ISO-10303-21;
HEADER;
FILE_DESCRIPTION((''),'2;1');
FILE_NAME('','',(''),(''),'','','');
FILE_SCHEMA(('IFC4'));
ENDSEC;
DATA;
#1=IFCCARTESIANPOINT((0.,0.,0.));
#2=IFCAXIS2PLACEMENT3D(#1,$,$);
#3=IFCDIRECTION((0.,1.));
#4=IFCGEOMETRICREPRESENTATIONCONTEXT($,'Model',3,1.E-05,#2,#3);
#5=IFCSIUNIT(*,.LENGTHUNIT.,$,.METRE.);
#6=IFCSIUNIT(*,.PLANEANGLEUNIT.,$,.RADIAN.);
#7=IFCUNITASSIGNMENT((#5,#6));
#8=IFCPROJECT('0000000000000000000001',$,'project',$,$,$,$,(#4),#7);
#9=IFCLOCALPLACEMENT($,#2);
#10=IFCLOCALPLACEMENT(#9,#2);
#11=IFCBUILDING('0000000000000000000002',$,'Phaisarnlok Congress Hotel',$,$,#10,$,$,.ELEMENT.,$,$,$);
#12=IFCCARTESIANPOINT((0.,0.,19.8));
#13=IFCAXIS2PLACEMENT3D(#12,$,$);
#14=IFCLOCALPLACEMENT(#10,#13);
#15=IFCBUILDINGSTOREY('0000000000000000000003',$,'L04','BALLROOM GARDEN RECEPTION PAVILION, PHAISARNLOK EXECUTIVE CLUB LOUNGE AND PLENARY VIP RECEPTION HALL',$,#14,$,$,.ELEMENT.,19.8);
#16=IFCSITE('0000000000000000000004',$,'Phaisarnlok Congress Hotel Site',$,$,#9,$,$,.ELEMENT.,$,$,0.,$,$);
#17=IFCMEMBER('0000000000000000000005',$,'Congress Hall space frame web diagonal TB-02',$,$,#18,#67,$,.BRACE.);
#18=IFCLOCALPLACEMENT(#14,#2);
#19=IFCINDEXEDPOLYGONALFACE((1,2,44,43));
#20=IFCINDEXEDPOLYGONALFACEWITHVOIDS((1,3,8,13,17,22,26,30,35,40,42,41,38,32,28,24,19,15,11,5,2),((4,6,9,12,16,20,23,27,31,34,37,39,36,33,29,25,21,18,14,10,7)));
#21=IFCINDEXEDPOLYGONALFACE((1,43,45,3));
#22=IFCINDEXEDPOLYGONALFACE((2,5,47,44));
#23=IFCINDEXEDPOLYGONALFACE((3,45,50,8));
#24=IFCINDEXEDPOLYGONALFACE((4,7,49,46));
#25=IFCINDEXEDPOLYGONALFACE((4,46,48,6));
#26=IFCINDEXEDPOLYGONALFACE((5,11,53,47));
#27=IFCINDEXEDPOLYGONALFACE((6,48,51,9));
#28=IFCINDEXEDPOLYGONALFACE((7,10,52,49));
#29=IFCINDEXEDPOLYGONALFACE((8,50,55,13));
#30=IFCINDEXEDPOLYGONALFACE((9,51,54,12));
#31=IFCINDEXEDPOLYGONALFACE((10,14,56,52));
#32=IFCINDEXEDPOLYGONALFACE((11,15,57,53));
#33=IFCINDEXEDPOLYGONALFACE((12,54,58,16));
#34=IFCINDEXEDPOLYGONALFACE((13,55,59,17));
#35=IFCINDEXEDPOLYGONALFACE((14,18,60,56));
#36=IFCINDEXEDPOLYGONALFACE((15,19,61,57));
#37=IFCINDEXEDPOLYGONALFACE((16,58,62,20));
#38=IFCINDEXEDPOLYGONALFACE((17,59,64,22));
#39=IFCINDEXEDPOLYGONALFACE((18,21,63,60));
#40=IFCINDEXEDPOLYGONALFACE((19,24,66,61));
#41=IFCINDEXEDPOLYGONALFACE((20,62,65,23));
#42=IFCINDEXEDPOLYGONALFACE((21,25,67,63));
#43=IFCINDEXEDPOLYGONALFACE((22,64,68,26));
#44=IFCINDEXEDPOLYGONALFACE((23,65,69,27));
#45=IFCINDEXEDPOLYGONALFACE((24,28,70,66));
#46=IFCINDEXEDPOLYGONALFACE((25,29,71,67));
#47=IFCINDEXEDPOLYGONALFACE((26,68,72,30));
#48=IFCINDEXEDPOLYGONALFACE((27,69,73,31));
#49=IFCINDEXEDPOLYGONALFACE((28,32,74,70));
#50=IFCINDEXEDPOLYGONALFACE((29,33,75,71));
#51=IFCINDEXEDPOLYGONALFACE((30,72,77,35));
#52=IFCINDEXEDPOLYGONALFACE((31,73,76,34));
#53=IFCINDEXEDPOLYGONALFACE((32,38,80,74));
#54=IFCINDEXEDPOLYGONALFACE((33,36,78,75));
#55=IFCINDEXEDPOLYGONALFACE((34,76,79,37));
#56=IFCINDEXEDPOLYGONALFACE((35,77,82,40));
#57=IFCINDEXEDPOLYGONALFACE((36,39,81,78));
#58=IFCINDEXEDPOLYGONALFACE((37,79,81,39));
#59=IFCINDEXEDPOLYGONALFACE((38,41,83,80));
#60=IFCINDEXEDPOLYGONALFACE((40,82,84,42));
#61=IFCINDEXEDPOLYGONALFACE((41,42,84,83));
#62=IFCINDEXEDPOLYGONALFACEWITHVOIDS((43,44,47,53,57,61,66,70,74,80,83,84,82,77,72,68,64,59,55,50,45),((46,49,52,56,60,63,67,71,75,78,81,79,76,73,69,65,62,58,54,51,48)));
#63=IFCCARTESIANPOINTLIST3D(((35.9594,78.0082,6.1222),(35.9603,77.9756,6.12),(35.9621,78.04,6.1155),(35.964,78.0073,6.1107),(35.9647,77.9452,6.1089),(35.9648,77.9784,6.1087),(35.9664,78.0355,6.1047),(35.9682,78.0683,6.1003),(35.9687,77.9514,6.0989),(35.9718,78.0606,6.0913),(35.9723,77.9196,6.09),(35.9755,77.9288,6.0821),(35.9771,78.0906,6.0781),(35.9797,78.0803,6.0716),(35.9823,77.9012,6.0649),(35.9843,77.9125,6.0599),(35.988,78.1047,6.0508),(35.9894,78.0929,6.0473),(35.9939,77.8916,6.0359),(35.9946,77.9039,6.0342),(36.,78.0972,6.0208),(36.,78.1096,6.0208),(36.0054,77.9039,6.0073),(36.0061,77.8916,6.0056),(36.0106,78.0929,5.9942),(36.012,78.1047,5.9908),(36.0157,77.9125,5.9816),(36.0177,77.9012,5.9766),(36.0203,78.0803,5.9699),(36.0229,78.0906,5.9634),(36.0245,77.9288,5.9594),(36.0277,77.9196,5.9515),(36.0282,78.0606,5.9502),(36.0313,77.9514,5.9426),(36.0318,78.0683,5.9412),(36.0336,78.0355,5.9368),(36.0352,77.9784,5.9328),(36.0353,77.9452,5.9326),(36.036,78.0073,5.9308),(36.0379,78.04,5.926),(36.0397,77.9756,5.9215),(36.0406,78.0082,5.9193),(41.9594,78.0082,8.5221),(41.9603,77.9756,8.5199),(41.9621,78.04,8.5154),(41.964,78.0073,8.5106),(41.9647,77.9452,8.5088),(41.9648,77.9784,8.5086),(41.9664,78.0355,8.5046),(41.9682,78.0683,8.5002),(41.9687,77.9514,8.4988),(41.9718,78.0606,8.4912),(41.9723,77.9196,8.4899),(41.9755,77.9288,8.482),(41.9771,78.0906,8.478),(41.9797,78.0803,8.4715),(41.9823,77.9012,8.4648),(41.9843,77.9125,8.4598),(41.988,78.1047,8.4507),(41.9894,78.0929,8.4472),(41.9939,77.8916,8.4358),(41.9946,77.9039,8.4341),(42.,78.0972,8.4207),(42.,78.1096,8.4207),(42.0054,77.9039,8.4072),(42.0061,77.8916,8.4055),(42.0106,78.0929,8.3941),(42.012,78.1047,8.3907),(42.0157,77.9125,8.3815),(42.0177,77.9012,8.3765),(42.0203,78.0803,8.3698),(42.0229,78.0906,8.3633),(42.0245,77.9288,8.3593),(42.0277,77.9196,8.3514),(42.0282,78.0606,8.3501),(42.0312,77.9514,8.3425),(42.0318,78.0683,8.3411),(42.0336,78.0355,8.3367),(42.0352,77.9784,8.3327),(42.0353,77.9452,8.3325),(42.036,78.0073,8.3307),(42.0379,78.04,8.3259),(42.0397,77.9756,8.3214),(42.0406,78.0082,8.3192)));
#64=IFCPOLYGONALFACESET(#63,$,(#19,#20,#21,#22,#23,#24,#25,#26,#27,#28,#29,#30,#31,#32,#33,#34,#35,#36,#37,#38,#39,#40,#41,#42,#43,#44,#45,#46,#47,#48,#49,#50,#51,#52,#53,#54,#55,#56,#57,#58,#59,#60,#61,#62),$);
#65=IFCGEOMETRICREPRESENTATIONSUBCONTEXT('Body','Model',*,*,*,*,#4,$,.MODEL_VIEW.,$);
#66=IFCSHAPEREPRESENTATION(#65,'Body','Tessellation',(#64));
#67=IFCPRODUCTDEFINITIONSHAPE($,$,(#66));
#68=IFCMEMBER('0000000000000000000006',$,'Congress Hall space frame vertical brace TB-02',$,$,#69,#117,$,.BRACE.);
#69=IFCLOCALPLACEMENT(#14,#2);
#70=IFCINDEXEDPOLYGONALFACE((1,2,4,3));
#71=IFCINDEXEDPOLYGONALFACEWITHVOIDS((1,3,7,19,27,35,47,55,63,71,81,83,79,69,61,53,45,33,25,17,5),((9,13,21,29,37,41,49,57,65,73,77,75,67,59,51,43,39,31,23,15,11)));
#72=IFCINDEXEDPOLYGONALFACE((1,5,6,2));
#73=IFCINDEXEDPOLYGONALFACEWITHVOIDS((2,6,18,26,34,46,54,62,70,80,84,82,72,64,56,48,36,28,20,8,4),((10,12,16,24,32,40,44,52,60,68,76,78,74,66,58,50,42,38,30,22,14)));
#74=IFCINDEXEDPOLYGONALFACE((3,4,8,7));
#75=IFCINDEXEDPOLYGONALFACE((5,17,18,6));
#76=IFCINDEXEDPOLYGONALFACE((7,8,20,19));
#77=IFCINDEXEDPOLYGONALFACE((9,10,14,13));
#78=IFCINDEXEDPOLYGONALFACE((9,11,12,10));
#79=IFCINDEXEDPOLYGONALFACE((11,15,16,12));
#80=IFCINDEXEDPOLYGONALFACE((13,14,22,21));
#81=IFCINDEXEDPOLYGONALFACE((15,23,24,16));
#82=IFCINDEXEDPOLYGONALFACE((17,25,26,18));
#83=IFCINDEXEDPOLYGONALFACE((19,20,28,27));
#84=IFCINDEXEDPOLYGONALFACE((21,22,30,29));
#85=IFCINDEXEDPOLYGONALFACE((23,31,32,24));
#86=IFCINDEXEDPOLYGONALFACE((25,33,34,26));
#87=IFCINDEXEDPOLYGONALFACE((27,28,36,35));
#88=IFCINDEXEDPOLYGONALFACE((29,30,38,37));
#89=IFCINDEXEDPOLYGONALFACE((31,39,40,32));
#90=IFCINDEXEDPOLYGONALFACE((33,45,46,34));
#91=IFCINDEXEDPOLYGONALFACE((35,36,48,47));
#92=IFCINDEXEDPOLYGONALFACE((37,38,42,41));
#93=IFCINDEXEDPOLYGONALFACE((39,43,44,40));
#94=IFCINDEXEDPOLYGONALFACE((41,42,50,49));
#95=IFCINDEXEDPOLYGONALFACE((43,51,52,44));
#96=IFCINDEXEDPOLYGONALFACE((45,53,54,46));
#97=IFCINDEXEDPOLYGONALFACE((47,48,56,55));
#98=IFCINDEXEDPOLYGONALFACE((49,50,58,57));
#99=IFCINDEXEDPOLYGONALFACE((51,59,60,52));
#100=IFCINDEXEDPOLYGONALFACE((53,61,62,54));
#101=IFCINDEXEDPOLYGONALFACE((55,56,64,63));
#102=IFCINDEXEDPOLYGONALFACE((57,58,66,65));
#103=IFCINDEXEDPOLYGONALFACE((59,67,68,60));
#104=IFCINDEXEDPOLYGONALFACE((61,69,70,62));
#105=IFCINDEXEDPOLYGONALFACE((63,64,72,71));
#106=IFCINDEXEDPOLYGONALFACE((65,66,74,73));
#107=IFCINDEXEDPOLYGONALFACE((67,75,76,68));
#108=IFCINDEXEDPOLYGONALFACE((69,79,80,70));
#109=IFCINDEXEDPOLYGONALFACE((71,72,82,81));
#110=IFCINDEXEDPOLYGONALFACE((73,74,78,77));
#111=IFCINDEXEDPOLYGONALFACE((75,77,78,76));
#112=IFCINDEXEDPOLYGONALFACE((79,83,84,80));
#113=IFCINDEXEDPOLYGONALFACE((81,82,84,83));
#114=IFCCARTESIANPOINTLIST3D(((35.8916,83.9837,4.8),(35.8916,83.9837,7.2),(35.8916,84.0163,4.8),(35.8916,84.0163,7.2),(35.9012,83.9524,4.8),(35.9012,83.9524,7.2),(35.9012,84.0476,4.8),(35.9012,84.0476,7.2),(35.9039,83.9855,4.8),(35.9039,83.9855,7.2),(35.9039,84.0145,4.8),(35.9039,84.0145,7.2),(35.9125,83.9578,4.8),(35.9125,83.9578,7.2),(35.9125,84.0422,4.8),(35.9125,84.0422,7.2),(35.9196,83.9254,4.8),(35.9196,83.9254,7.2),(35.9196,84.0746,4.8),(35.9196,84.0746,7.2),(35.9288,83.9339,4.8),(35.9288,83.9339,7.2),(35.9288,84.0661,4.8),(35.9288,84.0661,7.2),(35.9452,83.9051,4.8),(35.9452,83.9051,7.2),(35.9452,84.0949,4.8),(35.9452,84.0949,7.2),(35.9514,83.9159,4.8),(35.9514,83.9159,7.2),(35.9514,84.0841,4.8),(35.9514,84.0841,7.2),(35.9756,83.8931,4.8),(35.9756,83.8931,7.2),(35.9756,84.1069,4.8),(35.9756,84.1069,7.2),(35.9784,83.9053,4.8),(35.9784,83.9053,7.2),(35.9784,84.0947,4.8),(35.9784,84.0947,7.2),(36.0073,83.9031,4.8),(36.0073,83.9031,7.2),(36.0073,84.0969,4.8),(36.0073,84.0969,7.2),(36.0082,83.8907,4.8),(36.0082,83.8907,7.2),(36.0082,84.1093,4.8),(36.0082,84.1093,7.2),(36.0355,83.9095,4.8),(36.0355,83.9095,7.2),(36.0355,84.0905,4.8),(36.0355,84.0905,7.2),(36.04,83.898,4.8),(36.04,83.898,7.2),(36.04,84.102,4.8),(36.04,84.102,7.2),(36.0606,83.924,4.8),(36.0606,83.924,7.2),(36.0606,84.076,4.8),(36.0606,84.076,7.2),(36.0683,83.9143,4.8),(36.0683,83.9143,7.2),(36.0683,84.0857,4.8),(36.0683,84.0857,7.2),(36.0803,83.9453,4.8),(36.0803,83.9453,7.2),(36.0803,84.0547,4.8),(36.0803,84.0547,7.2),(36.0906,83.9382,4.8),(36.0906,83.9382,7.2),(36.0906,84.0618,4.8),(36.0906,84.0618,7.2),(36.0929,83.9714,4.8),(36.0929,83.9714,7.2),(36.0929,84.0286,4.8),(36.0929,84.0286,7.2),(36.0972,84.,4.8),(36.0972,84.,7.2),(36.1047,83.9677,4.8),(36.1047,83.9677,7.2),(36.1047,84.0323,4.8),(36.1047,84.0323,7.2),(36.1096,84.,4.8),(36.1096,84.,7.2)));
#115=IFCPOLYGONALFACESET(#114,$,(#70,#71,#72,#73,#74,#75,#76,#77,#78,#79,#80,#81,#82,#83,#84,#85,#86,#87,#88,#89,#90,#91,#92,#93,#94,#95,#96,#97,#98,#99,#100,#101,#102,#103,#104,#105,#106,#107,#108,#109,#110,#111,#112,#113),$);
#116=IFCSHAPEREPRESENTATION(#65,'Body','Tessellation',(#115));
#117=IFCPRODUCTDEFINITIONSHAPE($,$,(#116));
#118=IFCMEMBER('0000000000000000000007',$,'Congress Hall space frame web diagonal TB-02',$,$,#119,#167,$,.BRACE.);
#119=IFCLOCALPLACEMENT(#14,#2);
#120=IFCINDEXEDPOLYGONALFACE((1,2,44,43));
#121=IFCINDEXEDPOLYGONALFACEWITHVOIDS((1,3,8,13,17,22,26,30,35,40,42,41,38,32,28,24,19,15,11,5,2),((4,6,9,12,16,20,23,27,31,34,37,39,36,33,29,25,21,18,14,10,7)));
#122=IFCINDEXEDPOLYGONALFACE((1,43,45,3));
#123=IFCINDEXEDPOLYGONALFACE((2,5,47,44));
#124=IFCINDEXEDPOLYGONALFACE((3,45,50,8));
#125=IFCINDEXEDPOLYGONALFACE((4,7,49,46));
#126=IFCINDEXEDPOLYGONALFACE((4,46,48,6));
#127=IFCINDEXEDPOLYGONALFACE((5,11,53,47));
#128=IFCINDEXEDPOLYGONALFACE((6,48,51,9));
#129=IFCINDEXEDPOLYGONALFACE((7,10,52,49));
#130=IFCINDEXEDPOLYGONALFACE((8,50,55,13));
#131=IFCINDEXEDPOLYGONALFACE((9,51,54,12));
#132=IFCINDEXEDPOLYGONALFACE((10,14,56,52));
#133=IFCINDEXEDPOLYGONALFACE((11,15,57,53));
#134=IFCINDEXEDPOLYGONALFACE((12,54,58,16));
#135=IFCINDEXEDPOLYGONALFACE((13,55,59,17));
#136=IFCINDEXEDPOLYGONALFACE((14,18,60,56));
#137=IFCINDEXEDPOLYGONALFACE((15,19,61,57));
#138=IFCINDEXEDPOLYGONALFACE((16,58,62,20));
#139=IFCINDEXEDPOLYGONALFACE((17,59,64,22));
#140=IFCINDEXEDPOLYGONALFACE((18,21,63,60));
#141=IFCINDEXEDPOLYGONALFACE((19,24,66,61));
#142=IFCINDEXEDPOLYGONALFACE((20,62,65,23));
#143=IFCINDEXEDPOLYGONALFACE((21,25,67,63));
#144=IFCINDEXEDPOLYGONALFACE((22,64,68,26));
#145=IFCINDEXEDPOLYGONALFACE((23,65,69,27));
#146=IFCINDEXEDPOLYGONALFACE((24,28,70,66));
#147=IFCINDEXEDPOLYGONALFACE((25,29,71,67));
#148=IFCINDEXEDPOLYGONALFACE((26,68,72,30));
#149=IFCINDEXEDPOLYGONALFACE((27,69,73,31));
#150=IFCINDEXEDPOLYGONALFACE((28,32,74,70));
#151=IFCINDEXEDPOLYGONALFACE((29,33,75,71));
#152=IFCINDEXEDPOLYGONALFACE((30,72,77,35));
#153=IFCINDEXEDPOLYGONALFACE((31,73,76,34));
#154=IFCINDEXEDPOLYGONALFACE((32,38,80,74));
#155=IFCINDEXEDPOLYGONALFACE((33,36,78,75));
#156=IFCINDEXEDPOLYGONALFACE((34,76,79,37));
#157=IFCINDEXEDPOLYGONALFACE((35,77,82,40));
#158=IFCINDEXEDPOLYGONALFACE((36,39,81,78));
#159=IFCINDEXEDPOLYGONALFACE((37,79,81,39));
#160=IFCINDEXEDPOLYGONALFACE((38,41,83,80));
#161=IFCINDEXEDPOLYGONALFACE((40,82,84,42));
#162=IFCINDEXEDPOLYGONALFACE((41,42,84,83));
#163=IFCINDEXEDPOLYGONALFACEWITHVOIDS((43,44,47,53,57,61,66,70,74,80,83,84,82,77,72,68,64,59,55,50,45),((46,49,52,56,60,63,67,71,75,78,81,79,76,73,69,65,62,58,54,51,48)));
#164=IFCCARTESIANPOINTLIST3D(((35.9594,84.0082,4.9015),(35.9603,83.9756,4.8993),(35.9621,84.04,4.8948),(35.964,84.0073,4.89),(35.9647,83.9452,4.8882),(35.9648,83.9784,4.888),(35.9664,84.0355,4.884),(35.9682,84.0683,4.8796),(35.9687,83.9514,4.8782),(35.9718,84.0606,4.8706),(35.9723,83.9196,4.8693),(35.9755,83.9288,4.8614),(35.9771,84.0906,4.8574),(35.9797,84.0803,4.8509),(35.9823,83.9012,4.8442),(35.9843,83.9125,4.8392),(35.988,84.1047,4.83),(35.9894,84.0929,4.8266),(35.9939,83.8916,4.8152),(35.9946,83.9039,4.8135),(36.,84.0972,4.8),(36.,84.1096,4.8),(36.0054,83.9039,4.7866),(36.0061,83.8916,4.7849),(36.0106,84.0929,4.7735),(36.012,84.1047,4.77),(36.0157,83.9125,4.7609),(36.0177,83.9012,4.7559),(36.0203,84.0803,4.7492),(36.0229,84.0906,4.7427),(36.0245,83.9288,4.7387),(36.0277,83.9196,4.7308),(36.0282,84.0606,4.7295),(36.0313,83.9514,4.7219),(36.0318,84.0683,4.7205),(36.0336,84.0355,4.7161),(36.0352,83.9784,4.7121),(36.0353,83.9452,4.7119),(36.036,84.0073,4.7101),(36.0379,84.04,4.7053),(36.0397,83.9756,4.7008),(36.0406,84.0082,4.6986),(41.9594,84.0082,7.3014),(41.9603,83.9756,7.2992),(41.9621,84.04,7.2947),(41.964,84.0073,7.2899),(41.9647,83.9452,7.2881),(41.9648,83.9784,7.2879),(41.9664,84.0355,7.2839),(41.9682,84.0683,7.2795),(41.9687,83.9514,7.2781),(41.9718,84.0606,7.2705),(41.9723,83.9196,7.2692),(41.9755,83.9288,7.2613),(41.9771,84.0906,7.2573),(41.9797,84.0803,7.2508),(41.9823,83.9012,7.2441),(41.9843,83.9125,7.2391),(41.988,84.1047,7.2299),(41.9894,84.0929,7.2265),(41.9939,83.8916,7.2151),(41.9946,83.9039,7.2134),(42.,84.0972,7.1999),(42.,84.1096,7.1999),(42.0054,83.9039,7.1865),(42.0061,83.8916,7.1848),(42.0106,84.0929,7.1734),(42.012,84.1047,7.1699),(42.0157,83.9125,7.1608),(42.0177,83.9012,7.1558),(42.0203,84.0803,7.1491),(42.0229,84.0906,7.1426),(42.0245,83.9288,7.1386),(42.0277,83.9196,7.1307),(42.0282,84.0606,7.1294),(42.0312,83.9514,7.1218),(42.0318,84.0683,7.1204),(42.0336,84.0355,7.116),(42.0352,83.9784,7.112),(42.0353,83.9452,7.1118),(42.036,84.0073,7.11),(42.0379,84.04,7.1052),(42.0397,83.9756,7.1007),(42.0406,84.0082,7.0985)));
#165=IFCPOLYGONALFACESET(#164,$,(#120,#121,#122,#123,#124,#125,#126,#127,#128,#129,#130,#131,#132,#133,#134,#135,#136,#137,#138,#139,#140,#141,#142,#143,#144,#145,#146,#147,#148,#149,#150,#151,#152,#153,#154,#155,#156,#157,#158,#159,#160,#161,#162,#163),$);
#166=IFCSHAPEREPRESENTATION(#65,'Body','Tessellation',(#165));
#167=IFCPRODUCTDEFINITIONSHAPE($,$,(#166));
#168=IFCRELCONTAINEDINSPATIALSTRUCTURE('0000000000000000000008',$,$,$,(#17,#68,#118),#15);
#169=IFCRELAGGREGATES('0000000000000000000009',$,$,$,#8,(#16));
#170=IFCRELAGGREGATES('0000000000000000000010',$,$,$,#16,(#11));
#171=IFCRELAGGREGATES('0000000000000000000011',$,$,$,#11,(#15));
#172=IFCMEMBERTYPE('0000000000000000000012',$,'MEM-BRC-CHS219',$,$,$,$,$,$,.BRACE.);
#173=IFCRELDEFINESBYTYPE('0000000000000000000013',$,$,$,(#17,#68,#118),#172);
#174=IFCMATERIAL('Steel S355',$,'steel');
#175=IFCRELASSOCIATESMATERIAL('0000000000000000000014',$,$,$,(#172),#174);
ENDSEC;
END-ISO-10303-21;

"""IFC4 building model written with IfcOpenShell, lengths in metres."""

from ifc_helpers import new_model, si_unit, direction, frame, origin, origin_2d, place, context, subcontext, project, spatial, hollow_circle, extrude, material, material_profile, profile_set, type_object, element, save


model = new_model("IFC4")

# Units and contexts
model_context = context("Model", 3, precision=1e-05, world=origin(), true_north=direction((0.0, 1.0)))
body_context = subcontext(model_context, "Body", "Model", "MODEL_VIEW")
ifc_project = project(units=[si_unit("LENGTHUNIT", "METRE"), si_unit("PLANEANGLEUNIT", "RADIAN")], contexts=[model_context])

# Site, building, storey
site_placement = place(None, origin())
site = spatial("IfcSite", under=ifc_project, at=site_placement, Name="Phaisarnlok Congress Hotel Site", CompositionType="ELEMENT", RefElevation=0.0)
building_placement = place(site_placement, origin())
building = spatial("IfcBuilding", under=site, at=building_placement, Name="Phaisarnlok Congress Hotel", CompositionType="ELEMENT")
storey_placement = place(building_placement, frame((0.0, 0.0, 19.8)))
storey = spatial("IfcBuildingStorey", under=building, at=storey_placement, Name="L04", Description="BALLROOM GARDEN RECEPTION PAVILION, PHAISARNLOK EXECUTIVE CLUB LOUNGE AND PLENARY VIP RECEPTION HALL", CompositionType="ELEMENT", Elevation=19.8)

# Members
ifc_material_1 = material(Name="Steel S355", Category="steel")
ifc_material_profile_1 = material_profile(ifc_material_1, hollow_circle(Radius=0.1096, WallThickness=0.0125, at=origin_2d()), Name="CHS 219.1x12.5")
ifc_profile_set_1 = profile_set([ifc_material_profile_1], Name="Steel S355")
member_type_1 = type_object("IfcMemberType", Name="MEM-BRC-CHS219", PredefinedType="BRACE", material=ifc_profile_set_1)
member_1_placement = place(storey_placement, frame((36.0, 78.0, 6.0208), z_axis=(0.928482, 0.0, 0.371378), x_axis=(0.0, 1.0, 0.0)))
element("IfcMember", 1, at=member_1_placement, inside=storey, type_object=member_type_1, Name="Congress Hall space frame web diagonal TB-02", PredefinedType="BRACE", context=body_context, shape_type="SweptSolid", body=[
    extrude(hollow_circle(Radius=0.1096, WallThickness=0.0125, at=origin_2d()), origin(), (0.0, 0.0, 1.0), 6.4622),
])
member_2_placement = place(storey_placement, frame((36.0, 84.0, 4.8), z_axis=(0.0, 0.0, 1.0), x_axis=(1.0, 0.0, 0.0)))
element("IfcMember", 2, at=member_2_placement, inside=storey, type_object=member_type_1, Name="Congress Hall space frame vertical brace TB-02", PredefinedType="BRACE", context=body_context, shape_type="SweptSolid", body=[
    extrude(hollow_circle(Radius=0.1096, WallThickness=0.0125, at=origin_2d()), origin(), (0.0, 0.0, 1.0), 2.3999),
])
member_3_placement = place(storey_placement, frame((36.0, 84.0, 4.8), z_axis=(0.928482, 0.0, 0.371378), x_axis=(0.0, 1.0, 0.0)))
element("IfcMember", 3, at=member_3_placement, inside=storey, type_object=member_type_1, Name="Congress Hall space frame web diagonal TB-02", PredefinedType="BRACE", context=body_context, shape_type="SweptSolid", body=[
    extrude(hollow_circle(Radius=0.1096, WallThickness=0.0125, at=origin_2d()), origin(), (0.0, 0.0, 1.0), 6.4622),
])

save(model, "model.ifc")
